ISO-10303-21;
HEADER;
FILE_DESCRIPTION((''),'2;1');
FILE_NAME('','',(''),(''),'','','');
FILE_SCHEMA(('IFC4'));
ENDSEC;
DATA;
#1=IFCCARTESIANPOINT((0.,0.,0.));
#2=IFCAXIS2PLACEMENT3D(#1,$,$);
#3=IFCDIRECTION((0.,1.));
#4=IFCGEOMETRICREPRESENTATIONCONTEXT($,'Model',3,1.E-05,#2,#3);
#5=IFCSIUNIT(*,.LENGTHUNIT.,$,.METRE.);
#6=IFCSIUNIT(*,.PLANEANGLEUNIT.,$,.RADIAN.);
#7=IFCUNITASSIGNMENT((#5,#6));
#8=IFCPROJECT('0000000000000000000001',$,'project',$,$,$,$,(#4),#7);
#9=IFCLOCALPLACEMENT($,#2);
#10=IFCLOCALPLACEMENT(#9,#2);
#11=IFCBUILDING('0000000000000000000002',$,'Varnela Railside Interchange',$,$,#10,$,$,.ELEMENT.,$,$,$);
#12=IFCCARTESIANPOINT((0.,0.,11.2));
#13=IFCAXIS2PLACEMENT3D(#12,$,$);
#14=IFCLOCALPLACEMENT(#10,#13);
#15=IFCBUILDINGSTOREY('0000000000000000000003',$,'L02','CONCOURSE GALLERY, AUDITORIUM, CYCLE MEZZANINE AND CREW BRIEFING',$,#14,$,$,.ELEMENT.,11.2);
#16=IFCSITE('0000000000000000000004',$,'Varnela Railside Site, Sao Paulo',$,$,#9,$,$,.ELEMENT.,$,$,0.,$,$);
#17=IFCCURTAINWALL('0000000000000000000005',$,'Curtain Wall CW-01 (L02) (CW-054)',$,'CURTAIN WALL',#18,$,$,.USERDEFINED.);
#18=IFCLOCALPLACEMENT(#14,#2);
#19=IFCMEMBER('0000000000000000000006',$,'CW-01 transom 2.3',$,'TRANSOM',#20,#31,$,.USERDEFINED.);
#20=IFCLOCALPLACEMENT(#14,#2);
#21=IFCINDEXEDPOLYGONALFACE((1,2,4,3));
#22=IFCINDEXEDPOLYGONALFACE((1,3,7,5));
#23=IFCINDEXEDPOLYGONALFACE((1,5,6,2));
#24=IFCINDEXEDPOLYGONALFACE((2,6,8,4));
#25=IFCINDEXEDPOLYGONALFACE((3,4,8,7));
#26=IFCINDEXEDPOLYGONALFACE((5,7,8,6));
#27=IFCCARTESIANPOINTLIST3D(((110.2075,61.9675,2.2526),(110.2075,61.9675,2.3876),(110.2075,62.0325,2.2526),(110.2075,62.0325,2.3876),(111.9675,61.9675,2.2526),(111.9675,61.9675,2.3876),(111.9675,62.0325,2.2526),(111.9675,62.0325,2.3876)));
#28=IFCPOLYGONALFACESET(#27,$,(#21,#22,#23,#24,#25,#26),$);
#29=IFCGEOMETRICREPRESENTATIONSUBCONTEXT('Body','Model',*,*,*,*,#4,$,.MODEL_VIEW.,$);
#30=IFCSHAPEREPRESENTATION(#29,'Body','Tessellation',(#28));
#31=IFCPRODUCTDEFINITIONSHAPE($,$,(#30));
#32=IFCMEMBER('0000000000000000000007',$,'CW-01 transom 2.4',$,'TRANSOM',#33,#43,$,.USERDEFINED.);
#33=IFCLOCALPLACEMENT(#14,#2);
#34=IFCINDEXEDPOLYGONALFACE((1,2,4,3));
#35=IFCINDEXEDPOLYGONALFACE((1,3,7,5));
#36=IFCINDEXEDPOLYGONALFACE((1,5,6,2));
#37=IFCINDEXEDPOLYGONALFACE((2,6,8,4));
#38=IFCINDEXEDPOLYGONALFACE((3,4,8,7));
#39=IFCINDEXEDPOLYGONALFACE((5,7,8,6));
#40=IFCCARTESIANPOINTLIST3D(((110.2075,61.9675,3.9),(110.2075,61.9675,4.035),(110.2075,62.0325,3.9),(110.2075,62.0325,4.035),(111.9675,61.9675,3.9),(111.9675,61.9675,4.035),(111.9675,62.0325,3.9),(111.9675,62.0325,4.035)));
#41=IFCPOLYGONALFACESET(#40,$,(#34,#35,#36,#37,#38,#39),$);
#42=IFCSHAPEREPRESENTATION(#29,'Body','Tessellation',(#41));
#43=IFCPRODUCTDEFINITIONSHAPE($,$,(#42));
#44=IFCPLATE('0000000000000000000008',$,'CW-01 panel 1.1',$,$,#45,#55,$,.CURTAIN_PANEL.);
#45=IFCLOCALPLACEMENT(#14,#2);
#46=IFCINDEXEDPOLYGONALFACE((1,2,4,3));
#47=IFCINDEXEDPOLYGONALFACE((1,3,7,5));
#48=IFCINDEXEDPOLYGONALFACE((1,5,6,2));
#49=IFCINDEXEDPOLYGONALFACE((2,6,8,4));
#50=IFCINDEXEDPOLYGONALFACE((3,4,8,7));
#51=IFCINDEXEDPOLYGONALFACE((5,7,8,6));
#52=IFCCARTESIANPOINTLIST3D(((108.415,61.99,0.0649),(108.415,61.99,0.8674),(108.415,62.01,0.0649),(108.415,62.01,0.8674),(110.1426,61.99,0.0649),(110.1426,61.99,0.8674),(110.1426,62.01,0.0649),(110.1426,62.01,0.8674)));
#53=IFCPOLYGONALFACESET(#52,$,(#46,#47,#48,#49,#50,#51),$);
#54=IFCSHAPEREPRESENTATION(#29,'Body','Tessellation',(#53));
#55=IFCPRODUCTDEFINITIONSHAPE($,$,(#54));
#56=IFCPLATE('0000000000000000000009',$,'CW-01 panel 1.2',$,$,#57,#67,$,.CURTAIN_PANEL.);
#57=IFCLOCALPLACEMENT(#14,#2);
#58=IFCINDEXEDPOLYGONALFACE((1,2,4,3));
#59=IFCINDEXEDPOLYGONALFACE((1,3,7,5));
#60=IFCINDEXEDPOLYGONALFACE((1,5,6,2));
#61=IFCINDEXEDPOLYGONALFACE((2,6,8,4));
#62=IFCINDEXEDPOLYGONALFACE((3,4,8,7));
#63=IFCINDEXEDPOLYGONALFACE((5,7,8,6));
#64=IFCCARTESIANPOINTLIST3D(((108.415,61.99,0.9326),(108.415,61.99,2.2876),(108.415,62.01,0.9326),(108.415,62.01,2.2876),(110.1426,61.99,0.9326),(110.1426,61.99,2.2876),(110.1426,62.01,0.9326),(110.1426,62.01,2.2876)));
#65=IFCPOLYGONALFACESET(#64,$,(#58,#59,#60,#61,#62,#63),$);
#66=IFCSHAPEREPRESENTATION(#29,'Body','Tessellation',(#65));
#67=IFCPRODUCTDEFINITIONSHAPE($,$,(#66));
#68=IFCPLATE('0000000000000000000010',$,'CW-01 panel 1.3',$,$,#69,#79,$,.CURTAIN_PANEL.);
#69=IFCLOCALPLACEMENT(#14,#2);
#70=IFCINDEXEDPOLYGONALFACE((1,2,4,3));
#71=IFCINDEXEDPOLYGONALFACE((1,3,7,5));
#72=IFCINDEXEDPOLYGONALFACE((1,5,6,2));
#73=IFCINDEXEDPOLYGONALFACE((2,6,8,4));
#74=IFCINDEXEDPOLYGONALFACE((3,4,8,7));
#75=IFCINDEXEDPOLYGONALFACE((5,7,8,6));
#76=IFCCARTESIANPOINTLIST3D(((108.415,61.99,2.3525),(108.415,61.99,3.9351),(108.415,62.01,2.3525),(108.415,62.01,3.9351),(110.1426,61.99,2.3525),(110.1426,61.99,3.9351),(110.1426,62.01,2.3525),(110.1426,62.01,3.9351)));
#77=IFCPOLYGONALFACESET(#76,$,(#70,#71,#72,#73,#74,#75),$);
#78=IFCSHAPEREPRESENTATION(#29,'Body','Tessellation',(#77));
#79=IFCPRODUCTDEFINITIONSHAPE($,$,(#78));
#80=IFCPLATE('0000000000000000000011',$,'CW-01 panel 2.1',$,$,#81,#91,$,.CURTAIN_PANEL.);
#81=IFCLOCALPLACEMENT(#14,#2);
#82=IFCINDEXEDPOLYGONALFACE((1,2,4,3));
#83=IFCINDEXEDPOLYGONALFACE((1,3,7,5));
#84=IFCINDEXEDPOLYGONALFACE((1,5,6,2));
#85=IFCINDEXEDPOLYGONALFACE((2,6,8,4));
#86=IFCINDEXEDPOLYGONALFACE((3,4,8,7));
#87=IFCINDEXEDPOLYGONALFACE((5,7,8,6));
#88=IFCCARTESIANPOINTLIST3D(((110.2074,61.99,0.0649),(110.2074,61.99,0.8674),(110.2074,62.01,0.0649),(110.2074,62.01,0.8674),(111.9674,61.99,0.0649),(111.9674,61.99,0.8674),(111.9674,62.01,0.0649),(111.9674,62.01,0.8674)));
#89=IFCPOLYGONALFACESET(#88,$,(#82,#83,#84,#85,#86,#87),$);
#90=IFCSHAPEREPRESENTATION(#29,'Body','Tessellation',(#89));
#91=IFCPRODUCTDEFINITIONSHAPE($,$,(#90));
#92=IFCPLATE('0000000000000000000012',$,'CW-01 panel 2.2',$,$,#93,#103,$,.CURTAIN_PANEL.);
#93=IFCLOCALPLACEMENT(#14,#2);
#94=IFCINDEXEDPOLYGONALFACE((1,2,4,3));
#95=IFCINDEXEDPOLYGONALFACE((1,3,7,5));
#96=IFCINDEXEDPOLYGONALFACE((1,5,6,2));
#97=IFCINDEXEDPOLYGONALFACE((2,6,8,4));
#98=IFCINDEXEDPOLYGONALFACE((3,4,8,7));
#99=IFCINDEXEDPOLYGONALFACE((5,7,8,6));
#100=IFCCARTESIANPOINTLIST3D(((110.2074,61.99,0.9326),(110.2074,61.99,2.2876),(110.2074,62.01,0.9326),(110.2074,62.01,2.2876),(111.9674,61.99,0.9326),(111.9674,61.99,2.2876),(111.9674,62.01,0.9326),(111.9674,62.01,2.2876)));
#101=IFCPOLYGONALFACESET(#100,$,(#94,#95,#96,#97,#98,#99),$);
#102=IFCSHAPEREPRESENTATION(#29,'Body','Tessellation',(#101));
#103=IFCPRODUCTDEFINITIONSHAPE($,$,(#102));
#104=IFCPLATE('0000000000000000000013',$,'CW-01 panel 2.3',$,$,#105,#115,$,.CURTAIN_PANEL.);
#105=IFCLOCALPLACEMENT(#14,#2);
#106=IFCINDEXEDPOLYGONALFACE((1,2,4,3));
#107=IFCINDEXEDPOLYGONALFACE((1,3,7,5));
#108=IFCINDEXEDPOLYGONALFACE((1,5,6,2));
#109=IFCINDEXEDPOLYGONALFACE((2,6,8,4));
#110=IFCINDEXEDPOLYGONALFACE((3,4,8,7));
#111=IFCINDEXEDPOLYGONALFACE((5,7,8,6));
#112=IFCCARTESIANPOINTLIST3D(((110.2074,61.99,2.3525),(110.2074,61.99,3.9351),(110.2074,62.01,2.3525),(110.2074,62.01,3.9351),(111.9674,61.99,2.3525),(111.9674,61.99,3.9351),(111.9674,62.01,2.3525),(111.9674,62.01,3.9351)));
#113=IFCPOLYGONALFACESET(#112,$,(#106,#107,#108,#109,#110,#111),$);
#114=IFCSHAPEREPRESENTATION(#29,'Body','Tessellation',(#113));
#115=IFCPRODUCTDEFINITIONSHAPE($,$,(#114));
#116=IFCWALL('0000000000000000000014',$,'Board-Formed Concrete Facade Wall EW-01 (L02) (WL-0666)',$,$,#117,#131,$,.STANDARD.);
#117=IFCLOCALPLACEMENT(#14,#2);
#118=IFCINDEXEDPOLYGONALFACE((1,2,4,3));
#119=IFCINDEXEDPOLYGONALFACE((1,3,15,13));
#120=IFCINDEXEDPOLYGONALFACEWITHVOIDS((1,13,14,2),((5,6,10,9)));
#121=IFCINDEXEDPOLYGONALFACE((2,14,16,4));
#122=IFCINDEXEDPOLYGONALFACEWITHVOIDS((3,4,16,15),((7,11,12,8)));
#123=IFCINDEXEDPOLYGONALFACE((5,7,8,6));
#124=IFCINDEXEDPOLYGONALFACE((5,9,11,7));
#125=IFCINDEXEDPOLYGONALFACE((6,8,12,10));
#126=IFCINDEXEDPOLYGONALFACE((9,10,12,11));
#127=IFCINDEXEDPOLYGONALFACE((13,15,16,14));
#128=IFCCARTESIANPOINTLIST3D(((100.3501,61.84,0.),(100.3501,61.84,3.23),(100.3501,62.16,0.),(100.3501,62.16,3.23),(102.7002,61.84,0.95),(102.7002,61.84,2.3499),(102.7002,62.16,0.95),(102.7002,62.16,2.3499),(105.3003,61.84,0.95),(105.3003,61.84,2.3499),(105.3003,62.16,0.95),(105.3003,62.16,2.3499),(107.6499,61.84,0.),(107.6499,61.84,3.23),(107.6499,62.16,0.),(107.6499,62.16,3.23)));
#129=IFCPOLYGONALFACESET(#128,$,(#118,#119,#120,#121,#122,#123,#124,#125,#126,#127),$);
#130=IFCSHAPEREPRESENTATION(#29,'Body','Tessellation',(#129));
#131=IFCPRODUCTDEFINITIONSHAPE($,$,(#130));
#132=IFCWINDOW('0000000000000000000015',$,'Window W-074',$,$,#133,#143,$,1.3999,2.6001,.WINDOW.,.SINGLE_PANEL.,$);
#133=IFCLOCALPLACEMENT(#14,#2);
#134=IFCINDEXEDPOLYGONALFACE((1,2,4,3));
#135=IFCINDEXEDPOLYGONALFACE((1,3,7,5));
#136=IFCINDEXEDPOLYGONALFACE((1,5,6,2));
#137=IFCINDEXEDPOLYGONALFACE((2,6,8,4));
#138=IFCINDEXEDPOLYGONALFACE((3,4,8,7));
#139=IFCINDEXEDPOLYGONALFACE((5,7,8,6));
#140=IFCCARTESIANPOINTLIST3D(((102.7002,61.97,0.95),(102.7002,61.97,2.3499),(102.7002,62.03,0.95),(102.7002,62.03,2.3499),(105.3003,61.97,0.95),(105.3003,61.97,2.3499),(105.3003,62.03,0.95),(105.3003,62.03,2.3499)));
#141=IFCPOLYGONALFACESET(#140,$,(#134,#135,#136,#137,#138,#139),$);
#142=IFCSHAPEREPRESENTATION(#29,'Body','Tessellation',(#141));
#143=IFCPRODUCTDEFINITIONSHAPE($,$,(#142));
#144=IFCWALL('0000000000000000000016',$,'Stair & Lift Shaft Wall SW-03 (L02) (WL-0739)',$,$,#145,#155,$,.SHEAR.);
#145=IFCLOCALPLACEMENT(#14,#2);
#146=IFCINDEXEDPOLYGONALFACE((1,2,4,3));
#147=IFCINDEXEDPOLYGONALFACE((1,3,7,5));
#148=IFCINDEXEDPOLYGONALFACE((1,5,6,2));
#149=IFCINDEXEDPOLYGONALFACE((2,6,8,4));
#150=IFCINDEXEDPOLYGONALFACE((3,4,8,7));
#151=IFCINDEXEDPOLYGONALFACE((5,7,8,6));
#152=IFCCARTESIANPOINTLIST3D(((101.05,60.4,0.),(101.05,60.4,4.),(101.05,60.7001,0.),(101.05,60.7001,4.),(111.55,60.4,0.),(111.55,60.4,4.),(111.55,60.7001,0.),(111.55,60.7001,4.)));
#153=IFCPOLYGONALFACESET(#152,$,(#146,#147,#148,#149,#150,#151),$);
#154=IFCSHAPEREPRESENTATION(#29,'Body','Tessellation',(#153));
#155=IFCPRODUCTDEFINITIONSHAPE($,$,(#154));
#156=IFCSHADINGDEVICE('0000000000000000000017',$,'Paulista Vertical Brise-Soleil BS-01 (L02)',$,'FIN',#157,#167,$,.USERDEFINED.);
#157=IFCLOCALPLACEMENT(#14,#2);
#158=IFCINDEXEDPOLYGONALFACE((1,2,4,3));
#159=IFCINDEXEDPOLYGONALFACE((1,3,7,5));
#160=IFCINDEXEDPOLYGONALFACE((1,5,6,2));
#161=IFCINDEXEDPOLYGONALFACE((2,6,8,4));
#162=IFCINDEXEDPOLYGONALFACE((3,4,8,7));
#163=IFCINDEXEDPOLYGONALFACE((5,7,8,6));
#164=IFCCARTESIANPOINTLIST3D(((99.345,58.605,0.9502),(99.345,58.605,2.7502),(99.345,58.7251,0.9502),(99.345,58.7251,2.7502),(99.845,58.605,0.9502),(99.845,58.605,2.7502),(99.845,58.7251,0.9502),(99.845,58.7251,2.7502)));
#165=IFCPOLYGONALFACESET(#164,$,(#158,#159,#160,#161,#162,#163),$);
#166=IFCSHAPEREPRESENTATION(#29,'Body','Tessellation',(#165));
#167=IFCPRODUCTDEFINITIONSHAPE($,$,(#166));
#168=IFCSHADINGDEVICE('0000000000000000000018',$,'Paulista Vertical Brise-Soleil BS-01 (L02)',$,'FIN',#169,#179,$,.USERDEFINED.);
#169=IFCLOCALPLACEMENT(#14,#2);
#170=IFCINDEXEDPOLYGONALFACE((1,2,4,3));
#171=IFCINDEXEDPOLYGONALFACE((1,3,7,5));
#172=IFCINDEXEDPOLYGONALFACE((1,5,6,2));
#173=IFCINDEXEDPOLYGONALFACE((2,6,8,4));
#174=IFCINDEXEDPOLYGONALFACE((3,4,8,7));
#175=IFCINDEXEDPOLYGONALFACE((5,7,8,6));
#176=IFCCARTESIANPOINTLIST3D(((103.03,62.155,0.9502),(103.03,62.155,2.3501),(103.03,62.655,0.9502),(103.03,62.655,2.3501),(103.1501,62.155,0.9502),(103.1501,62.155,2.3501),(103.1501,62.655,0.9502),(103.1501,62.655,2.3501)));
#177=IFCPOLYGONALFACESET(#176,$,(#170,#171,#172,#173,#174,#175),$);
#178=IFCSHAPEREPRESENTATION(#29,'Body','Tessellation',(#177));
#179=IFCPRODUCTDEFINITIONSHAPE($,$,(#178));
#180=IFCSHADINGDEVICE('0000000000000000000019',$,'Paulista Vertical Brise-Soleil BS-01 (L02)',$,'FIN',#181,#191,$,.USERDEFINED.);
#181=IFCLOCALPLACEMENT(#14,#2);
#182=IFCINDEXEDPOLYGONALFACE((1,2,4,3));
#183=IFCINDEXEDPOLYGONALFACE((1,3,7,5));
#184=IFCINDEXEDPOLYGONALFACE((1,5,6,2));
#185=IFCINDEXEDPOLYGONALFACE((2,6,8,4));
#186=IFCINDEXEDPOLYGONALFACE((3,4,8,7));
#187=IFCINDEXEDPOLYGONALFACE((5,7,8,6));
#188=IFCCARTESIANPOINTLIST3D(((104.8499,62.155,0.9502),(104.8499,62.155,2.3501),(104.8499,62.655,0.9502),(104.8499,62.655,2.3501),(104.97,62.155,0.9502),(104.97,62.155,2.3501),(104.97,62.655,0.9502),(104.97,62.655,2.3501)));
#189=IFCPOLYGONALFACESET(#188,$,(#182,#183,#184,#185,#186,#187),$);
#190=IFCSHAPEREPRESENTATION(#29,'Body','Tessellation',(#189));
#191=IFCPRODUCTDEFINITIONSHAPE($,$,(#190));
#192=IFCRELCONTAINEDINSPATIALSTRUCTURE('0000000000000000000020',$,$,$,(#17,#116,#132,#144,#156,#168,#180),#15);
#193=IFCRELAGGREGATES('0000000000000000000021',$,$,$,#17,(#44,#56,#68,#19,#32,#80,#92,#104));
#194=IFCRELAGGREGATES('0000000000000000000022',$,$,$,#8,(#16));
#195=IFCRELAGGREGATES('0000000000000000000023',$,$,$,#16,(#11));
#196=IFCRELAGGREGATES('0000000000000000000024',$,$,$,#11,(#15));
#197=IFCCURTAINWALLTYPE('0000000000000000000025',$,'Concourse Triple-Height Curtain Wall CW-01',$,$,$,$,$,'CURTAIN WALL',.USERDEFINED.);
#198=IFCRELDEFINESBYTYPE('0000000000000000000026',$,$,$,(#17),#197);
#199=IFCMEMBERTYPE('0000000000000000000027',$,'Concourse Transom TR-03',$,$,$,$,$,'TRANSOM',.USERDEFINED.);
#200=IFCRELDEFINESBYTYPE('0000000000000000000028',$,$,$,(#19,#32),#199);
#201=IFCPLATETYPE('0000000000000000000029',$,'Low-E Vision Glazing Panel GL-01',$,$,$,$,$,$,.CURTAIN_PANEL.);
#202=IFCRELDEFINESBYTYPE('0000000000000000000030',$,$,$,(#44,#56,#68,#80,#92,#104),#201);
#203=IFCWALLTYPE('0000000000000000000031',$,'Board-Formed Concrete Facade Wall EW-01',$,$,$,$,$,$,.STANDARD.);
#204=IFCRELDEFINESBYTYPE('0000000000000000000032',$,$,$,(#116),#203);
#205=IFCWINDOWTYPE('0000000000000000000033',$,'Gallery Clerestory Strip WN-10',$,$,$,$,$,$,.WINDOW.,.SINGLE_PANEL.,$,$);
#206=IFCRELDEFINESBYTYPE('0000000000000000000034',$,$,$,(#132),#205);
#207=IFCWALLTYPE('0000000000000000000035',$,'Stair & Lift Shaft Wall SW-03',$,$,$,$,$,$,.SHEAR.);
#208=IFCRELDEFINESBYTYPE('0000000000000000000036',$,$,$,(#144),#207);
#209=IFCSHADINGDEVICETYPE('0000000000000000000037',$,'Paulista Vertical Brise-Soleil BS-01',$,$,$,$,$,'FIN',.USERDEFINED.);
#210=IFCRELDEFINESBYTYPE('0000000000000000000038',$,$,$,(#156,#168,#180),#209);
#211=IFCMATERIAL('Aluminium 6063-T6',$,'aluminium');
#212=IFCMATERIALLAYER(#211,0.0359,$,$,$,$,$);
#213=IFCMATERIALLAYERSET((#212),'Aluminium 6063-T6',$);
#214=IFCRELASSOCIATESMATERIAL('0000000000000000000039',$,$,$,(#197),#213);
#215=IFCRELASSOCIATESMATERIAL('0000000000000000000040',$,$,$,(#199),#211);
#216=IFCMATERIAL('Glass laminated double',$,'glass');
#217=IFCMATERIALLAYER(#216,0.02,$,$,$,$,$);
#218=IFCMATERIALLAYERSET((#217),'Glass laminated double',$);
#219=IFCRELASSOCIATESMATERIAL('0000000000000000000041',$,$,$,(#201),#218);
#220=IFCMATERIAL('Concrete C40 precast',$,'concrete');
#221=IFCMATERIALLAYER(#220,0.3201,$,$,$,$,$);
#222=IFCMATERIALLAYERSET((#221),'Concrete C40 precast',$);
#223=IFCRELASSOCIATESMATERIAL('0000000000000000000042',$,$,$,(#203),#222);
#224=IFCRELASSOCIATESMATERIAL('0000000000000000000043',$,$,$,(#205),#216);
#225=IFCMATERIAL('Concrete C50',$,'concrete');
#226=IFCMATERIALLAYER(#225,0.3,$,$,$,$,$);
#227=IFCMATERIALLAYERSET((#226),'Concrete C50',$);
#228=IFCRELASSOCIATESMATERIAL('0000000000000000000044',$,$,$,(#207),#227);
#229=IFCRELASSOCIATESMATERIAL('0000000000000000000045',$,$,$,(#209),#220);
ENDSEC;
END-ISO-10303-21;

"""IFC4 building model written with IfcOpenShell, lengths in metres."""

from ifc_helpers import new_model, si_unit, direction, frame, frame_2d, origin, origin_2d, place, context, subcontext, project, spatial, rectangle, extrude, material, layer, layer_set, material_profile, profile_set, type_object, element, fill, aggregate, save


model = new_model("IFC4")

# Units and contexts
model_context = context("Model", 3, precision=1e-05, world=origin(), true_north=direction((0.0, 1.0)))
body_context = subcontext(model_context, "Body", "Model", "MODEL_VIEW")
ifc_project = project(units=[si_unit("LENGTHUNIT", "METRE"), si_unit("PLANEANGLEUNIT", "RADIAN")], contexts=[model_context])

# Site, building, storey
site_placement = place(None, origin())
site = spatial("IfcSite", under=ifc_project, at=site_placement, Name="Varnela Railside Site, Sao Paulo", CompositionType="ELEMENT", RefElevation=0.0)
building_placement = place(site_placement, origin())
building = spatial("IfcBuilding", under=site, at=building_placement, Name="Varnela Railside Interchange", CompositionType="ELEMENT")
storey_placement = place(building_placement, frame((0.0, 0.0, 11.2)))
storey = spatial("IfcBuildingStorey", under=building, at=storey_placement, Name="L02", Description="CONCOURSE GALLERY, AUDITORIUM, CYCLE MEZZANINE AND CREW BRIEFING", CompositionType="ELEMENT", Elevation=11.2)

# Shared definitions
ifc_material_1 = material(Name="Concrete C50", Category="concrete")

# Curtain wall, members, plates
ifc_material_2 = material(Name="Aluminium 6063-T6", Category="aluminium")
ifc_layer_1 = layer(ifc_material_2, 0.0359)
ifc_layer_set_1 = layer_set([ifc_layer_1], Name="Aluminium 6063-T6")
curtain_wall_type = type_object("IfcCurtainWallType", Name="Concourse Triple-Height Curtain Wall CW-01", ElementType="CURTAIN WALL", PredefinedType="USERDEFINED", material=ifc_layer_set_1)
curtain_wall_placement = place(storey_placement, origin())
curtain_wall = element("IfcCurtainWall", 1, at=curtain_wall_placement, inside=storey, type_object=curtain_wall_type, Name="Curtain Wall CW-01 (L02) (CW-054)", ObjectType="CURTAIN WALL", PredefinedType="USERDEFINED")
ifc_material_profile_1 = material_profile(ifc_material_2, rectangle(XDim=0.0649, YDim=0.135, at=origin_2d()), Name="ALU 65x135")
ifc_profile_set_1 = profile_set([ifc_material_profile_1], Name="Aluminium 6063-T6")
member_type_1 = type_object("IfcMemberType", Name="Concourse Transom TR-03", ElementType="TRANSOM", PredefinedType="USERDEFINED", material=ifc_profile_set_1)
member_1_placement = place(storey_placement, frame((110.2075, 62.0, 2.3201), z_axis=(1.0, 0.0, 0.0), x_axis=(0.0, 1.0, 0.0)))
member_1 = element("IfcMember", 2, at=member_1_placement, type_object=member_type_1, Name="CW-01 transom 2.3", ObjectType="TRANSOM", PredefinedType="USERDEFINED", context=body_context, shape_type="SweptSolid", body=[
    extrude(rectangle(XDim=0.0649, YDim=0.135, at=origin_2d()), origin(), (0.0, 0.0, 1.0), 1.76),
])
member_2_placement = place(storey_placement, frame((110.2075, 62.0, 3.9675), z_axis=(1.0, 0.0, 0.0), x_axis=(0.0, 1.0, 0.0)))
member_2 = element("IfcMember", 3, at=member_2_placement, type_object=member_type_1, Name="CW-01 transom 2.4", ObjectType="TRANSOM", PredefinedType="USERDEFINED", context=body_context, shape_type="SweptSolid", body=[
    extrude(rectangle(XDim=0.0649, YDim=0.135, at=origin_2d()), origin(), (0.0, 0.0, 1.0), 1.76),
])
ifc_material_3 = material(Name="Glass laminated double", Category="glass")
ifc_layer_2 = layer(ifc_material_3, 0.02)
ifc_layer_set_2 = layer_set([ifc_layer_2], Name="Glass laminated double")
plate_type = type_object("IfcPlateType", Name="Low-E Vision Glazing Panel GL-01", PredefinedType="CURTAIN_PANEL", material=ifc_layer_set_2)
plate_1_placement = place(storey_placement, frame((109.2788, 62.0, 0.0649), z_axis=(0.0, 0.0, 1.0), x_axis=(1.0, 0.0, 0.0)))
plate_1 = element("IfcPlate", 4, at=plate_1_placement, type_object=plate_type, Name="CW-01 panel 1.1", PredefinedType="CURTAIN_PANEL", context=body_context, shape_type="SweptSolid", body=[
    extrude(rectangle(XDim=1.7275, YDim=0.02, at=origin_2d()), origin(), (0.0, 0.0, 1.0), 0.8025),
])
plate_2_placement = place(storey_placement, frame((109.2788, 62.0, 0.9326), z_axis=(0.0, 0.0, 1.0), x_axis=(1.0, 0.0, 0.0)))
plate_2 = element("IfcPlate", 5, at=plate_2_placement, type_object=plate_type, Name="CW-01 panel 1.2", PredefinedType="CURTAIN_PANEL", context=body_context, shape_type="SweptSolid", body=[
    extrude(rectangle(XDim=1.7275, YDim=0.02, at=origin_2d()), origin(), (0.0, 0.0, 1.0), 1.355),
])
plate_3_placement = place(storey_placement, frame((109.2788, 62.0, 2.3525), z_axis=(0.0, 0.0, 1.0), x_axis=(1.0, 0.0, 0.0)))
plate_3 = element("IfcPlate", 6, at=plate_3_placement, type_object=plate_type, Name="CW-01 panel 1.3", PredefinedType="CURTAIN_PANEL", context=body_context, shape_type="SweptSolid", body=[
    extrude(rectangle(XDim=1.7275, YDim=0.02, at=origin_2d()), origin(), (0.0, 0.0, 1.0), 1.5825),
])
plate_4_placement = place(storey_placement, frame((111.0874, 62.0, 0.0649), z_axis=(0.0, 0.0, 1.0), x_axis=(1.0, 0.0, 0.0)))
plate_4 = element("IfcPlate", 7, at=plate_4_placement, type_object=plate_type, Name="CW-01 panel 2.1", PredefinedType="CURTAIN_PANEL", context=body_context, shape_type="SweptSolid", body=[
    extrude(rectangle(XDim=1.76, YDim=0.02, at=origin_2d()), origin(), (0.0, 0.0, 1.0), 0.8025),
])
plate_5_placement = place(storey_placement, frame((111.0874, 62.0, 0.9326), z_axis=(0.0, 0.0, 1.0), x_axis=(1.0, 0.0, 0.0)))
plate_5 = element("IfcPlate", 8, at=plate_5_placement, type_object=plate_type, Name="CW-01 panel 2.2", PredefinedType="CURTAIN_PANEL", context=body_context, shape_type="SweptSolid", body=[
    extrude(rectangle(XDim=1.76, YDim=0.02, at=origin_2d()), origin(), (0.0, 0.0, 1.0), 1.355),
])
plate_6_placement = place(storey_placement, frame((111.0874, 62.0, 2.3525), z_axis=(0.0, 0.0, 1.0), x_axis=(1.0, 0.0, 0.0)))
plate_6 = element("IfcPlate", 9, at=plate_6_placement, type_object=plate_type, Name="CW-01 panel 2.3", PredefinedType="CURTAIN_PANEL", context=body_context, shape_type="SweptSolid", body=[
    extrude(rectangle(XDim=1.76, YDim=0.02, at=origin_2d()), origin(), (0.0, 0.0, 1.0), 1.5825),
])
aggregate(curtain_wall, [plate_1, plate_2, plate_3, member_1, member_2, plate_4, plate_5, plate_6])

# Wall, opening, window
ifc_material_4 = material(Name="Concrete C40 precast", Category="concrete")
ifc_layer_3 = layer(ifc_material_4, 0.3201)
ifc_layer_set_3 = layer_set([ifc_layer_3], Name="Concrete C40 precast")
wall_type_1 = type_object("IfcWallType", Name="Board-Formed Concrete Facade Wall EW-01", PredefinedType="STANDARD", material=ifc_layer_set_3)
wall_1_placement = place(storey_placement, frame((100.3501, 62.0, 0.0), z_axis=(0.0, 0.0, 1.0), x_axis=(1.0, 0.0, 0.0)))
wall_1 = element("IfcWall", 10, at=wall_1_placement, inside=storey, type_object=wall_type_1, Name="Board-Formed Concrete Facade Wall EW-01 (L02) (WL-0666)", PredefinedType="STANDARD", context=body_context, shape_type="SweptSolid", body=[
    extrude(rectangle(XDim=7.2998, YDim=0.3201, at=frame_2d((3.6499, 0.0))), origin(), (0.0, 0.0, 1.0), 3.23),
])
opening_placement = place(wall_1_placement, frame((2.3501, 0.0, 0.95)))
opening = element("IfcOpeningElement", 11, at=opening_placement, cuts=wall_1, PredefinedType="OPENING", context=body_context, shape_type="SweptSolid", body=[
    extrude(rectangle(XDim=2.6001, YDim=1.3999, at=frame_2d((1.3, 0.7))), frame((0.0, 0.1699, 0.0), z_axis=(0.0, -1.0, 0.0), x_axis=(1.0, 0.0, 0.0)), (0.0, 0.0, 1.0), 0.3401),
])
window_type = type_object("IfcWindowType", Name="Gallery Clerestory Strip WN-10", PartitioningType="SINGLE_PANEL", PredefinedType="WINDOW", material=ifc_material_3)
window_placement = place(opening_placement, origin())
window = element("IfcWindow", 12, at=window_placement, inside=storey, type_object=window_type, Name="Window W-074", OverallHeight=1.3999, OverallWidth=2.6001, PartitioningType="SINGLE_PANEL", PredefinedType="WINDOW", context=body_context, shape_type="SweptSolid", body=[
    extrude(rectangle(XDim=2.6001, YDim=1.3999, at=frame_2d((1.3, 0.7))), frame((0.0, 0.03, 0.0), z_axis=(0.0, -1.0, 0.0), x_axis=(1.0, 0.0, 0.0)), (0.0, 0.0, 1.0), 0.0601),
])
fill(opening, window)

# Wall
ifc_layer_4 = layer(ifc_material_1, 0.3)
ifc_layer_set_4 = layer_set([ifc_layer_4], Name="Concrete C50")
wall_type_2 = type_object("IfcWallType", Name="Stair & Lift Shaft Wall SW-03", PredefinedType="SHEAR", material=ifc_layer_set_4)
wall_2_placement = place(storey_placement, frame((101.05, 60.55, 0.0), z_axis=(0.0, 0.0, 1.0), x_axis=(1.0, 0.0, 0.0)))
element("IfcWall", 13, at=wall_2_placement, inside=storey, type_object=wall_type_2, Name="Stair & Lift Shaft Wall SW-03 (L02) (WL-0739)", PredefinedType="SHEAR", context=body_context, shape_type="SweptSolid", body=[
    extrude(rectangle(XDim=10.5, YDim=0.3, at=frame_2d((5.25, 0.0))), origin(), (0.0, 0.0, 1.0), 4.0),
])

# Shading devices
shading_device_type = type_object("IfcShadingDeviceType", Name="Paulista Vertical Brise-Soleil BS-01", ElementType="FIN", PredefinedType="USERDEFINED", material=ifc_material_4)
shading_device_placement = place(storey_placement, frame((99.595, 58.665, 0.9502), z_axis=(0.0, 0.0, 1.0), x_axis=(-1.0, 0.0, 0.0)))
element("IfcShadingDevice", 14, at=shading_device_placement, inside=storey, type_object=shading_device_type, Name="Paulista Vertical Brise-Soleil BS-01 (L02)", ObjectType="FIN", PredefinedType="USERDEFINED", context=body_context, shape_type="SweptSolid", body=[
    extrude(rectangle(XDim=0.5, YDim=0.1201, at=origin_2d()), origin(), (0.0, 0.0, 1.0), 1.8),
])
for number, where, z_axis, x_axis, name in (
    (15, (103.0901, 62.405, 0.9502), (0.0, 0.0, 1.0), (0.0, 1.0, 0.0), "Paulista Vertical Brise-Soleil BS-01 (L02)"),
    (16, (104.9099, 62.405, 0.9502), (0.0, 0.0, 1.0), (0.0, 1.0, 0.0), "Paulista Vertical Brise-Soleil BS-01 (L02)"),
):
    element("IfcShadingDevice", number, at=place(storey_placement, frame(where, z_axis=z_axis, x_axis=x_axis)), inside=storey, type_object=shading_device_type, Name=name, ObjectType="FIN", PredefinedType="USERDEFINED", context=body_context, shape_type="SweptSolid", body=[
        extrude(rectangle(XDim=0.5, YDim=0.1201, at=origin_2d()), origin(), (0.0, 0.0, 1.0), 1.3999),
    ])

save(model, "model.ifc")
